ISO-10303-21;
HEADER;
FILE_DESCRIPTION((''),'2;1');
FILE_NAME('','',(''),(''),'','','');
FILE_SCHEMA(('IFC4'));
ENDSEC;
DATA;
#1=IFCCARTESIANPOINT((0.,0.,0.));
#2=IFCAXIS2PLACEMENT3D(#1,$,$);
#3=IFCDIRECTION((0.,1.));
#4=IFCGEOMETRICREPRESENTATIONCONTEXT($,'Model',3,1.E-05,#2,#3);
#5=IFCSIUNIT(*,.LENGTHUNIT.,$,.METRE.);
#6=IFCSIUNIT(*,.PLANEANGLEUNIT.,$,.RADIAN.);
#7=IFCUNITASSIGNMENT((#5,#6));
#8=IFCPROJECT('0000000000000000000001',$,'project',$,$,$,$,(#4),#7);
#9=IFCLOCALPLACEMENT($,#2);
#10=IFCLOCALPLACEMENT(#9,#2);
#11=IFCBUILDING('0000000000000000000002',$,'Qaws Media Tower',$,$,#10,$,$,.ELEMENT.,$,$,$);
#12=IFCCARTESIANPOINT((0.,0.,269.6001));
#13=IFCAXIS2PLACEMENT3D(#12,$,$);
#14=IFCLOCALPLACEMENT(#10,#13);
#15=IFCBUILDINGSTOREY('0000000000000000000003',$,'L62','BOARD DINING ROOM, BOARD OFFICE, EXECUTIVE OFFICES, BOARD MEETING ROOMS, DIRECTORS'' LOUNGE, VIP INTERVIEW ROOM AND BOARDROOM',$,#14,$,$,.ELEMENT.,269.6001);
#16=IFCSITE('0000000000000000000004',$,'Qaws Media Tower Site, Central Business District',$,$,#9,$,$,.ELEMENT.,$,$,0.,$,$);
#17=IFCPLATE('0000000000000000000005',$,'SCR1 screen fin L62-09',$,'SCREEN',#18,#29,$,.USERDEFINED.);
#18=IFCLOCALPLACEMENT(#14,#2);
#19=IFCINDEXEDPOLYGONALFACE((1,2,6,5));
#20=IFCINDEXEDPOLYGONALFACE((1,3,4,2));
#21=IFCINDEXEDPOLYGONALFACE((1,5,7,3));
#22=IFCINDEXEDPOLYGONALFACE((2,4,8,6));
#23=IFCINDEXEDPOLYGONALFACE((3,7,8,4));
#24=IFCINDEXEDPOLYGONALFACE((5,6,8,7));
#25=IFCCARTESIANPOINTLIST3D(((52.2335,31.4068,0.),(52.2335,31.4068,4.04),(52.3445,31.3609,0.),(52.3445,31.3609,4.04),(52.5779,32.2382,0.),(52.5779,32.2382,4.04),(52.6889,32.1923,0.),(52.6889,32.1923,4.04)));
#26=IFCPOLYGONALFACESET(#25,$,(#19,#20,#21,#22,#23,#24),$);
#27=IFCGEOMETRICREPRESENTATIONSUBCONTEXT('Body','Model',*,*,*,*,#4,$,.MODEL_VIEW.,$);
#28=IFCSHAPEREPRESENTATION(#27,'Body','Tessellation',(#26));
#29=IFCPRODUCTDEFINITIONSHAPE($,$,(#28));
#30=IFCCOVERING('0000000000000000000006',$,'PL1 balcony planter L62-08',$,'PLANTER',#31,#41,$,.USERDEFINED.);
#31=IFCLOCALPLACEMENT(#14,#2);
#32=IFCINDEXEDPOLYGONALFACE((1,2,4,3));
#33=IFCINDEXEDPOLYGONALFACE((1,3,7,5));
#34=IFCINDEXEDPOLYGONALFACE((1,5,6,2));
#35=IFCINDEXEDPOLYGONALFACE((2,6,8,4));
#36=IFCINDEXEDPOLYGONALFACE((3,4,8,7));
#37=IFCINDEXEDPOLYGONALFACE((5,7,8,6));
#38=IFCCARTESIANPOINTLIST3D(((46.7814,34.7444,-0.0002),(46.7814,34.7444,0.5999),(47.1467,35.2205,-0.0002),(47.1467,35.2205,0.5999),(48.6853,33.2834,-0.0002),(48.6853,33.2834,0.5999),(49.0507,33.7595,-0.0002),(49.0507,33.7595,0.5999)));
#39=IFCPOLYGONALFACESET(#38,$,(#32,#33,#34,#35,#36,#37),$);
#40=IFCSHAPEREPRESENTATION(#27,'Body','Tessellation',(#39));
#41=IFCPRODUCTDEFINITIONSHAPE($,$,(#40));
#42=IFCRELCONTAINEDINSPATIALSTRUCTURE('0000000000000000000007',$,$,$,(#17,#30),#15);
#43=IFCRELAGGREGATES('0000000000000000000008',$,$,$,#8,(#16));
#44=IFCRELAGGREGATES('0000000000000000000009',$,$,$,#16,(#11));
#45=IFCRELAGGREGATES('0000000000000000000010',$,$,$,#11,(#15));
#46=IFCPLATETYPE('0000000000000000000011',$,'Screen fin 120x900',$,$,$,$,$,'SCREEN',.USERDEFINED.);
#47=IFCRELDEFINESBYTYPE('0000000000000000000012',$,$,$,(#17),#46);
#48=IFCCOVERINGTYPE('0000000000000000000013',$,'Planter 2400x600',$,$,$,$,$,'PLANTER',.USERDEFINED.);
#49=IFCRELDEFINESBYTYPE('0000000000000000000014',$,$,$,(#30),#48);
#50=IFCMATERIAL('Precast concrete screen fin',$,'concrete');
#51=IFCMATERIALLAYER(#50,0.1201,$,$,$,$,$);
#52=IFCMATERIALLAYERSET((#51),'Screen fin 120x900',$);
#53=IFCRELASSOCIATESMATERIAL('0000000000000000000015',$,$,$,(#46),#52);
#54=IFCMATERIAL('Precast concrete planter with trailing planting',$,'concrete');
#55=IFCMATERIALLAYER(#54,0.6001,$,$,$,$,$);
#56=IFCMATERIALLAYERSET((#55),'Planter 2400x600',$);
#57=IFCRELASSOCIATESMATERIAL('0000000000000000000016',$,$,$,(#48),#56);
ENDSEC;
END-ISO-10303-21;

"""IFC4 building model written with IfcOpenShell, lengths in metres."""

from ifc_helpers import new_model, si_unit, direction, frame, origin, origin_2d, place, context, subcontext, project, spatial, rectangle, extrude, material, layer, layer_set, type_object, element, save


model = new_model("IFC4")

# Units and contexts
model_context = context("Model", 3, precision=1e-05, world=origin(), true_north=direction((0.0, 1.0)))
body_context = subcontext(model_context, "Body", "Model", "MODEL_VIEW")
ifc_project = project(units=[si_unit("LENGTHUNIT", "METRE"), si_unit("PLANEANGLEUNIT", "RADIAN")], contexts=[model_context])

# Site, building, storey
site_placement = place(None, origin())
site = spatial("IfcSite", under=ifc_project, at=site_placement, Name="Qaws Media Tower Site, Central Business District", CompositionType="ELEMENT", RefElevation=0.0)
building_placement = place(site_placement, origin())
building = spatial("IfcBuilding", under=site, at=building_placement, Name="Qaws Media Tower", CompositionType="ELEMENT")
storey_placement = place(building_placement, frame((0.0, 0.0, 269.6001)))
storey = spatial("IfcBuildingStorey", under=building, at=storey_placement, Name="L62", Description="BOARD DINING ROOM, BOARD OFFICE, EXECUTIVE OFFICES, BOARD MEETING ROOMS, DIRECTORS' LOUNGE, VIP INTERVIEW ROOM AND BOARDROOM", CompositionType="ELEMENT", Elevation=269.6001)

# Plate
ifc_material_1 = material(Name="Precast concrete screen fin", Category="concrete")
ifc_layer_1 = layer(ifc_material_1, 0.1201)
ifc_layer_set_1 = layer_set([ifc_layer_1], Name="Screen fin 120x900")
plate_type_1 = type_object("IfcPlateType", Name="Screen fin 120x900", ElementType="SCREEN", PredefinedType="USERDEFINED", material=ifc_layer_set_1)
plate_1_placement = place(storey_placement, frame((52.4612, 31.7996, 0.0), z_axis=(0.0, 0.0, 1.0), x_axis=(-0.382683, -0.92388, 0.0)))
element("IfcPlate", 1, at=plate_1_placement, inside=storey, type_object=plate_type_1, Name="SCR1 screen fin L62-09", ObjectType="SCREEN", PredefinedType="USERDEFINED", context=body_context, shape_type="SweptSolid", body=[
    extrude(rectangle(XDim=0.8999, YDim=0.1201, at=origin_2d()), origin(), (0.0, 0.0, 1.0), 4.04),
])

# Covering
ifc_material_2 = material(Name="Precast concrete planter with trailing planting", Category="concrete")
ifc_layer_2 = layer(ifc_material_2, 0.6001)
ifc_layer_set_2 = layer_set([ifc_layer_2], Name="Planter 2400x600")
covering_type = type_object("IfcCoveringType", Name="Planter 2400x600", ElementType="PLANTER", PredefinedType="USERDEFINED", material=ifc_layer_set_2)
covering_placement = place(storey_placement, frame((47.916, 34.252, -0.0002), z_axis=(0.0, 0.0, 1.0), x_axis=(0.793353, -0.608761, 0.0)))
element("IfcCovering", 2, at=covering_placement, inside=storey, type_object=covering_type, Name="PL1 balcony planter L62-08", ObjectType="PLANTER", PredefinedType="USERDEFINED", context=body_context, shape_type="SweptSolid", body=[
    extrude(rectangle(XDim=2.3999, YDim=0.6001, at=origin_2d()), origin(), (0.0, 0.0, 1.0), 0.6001),
])

save(model, "model.ifc")
